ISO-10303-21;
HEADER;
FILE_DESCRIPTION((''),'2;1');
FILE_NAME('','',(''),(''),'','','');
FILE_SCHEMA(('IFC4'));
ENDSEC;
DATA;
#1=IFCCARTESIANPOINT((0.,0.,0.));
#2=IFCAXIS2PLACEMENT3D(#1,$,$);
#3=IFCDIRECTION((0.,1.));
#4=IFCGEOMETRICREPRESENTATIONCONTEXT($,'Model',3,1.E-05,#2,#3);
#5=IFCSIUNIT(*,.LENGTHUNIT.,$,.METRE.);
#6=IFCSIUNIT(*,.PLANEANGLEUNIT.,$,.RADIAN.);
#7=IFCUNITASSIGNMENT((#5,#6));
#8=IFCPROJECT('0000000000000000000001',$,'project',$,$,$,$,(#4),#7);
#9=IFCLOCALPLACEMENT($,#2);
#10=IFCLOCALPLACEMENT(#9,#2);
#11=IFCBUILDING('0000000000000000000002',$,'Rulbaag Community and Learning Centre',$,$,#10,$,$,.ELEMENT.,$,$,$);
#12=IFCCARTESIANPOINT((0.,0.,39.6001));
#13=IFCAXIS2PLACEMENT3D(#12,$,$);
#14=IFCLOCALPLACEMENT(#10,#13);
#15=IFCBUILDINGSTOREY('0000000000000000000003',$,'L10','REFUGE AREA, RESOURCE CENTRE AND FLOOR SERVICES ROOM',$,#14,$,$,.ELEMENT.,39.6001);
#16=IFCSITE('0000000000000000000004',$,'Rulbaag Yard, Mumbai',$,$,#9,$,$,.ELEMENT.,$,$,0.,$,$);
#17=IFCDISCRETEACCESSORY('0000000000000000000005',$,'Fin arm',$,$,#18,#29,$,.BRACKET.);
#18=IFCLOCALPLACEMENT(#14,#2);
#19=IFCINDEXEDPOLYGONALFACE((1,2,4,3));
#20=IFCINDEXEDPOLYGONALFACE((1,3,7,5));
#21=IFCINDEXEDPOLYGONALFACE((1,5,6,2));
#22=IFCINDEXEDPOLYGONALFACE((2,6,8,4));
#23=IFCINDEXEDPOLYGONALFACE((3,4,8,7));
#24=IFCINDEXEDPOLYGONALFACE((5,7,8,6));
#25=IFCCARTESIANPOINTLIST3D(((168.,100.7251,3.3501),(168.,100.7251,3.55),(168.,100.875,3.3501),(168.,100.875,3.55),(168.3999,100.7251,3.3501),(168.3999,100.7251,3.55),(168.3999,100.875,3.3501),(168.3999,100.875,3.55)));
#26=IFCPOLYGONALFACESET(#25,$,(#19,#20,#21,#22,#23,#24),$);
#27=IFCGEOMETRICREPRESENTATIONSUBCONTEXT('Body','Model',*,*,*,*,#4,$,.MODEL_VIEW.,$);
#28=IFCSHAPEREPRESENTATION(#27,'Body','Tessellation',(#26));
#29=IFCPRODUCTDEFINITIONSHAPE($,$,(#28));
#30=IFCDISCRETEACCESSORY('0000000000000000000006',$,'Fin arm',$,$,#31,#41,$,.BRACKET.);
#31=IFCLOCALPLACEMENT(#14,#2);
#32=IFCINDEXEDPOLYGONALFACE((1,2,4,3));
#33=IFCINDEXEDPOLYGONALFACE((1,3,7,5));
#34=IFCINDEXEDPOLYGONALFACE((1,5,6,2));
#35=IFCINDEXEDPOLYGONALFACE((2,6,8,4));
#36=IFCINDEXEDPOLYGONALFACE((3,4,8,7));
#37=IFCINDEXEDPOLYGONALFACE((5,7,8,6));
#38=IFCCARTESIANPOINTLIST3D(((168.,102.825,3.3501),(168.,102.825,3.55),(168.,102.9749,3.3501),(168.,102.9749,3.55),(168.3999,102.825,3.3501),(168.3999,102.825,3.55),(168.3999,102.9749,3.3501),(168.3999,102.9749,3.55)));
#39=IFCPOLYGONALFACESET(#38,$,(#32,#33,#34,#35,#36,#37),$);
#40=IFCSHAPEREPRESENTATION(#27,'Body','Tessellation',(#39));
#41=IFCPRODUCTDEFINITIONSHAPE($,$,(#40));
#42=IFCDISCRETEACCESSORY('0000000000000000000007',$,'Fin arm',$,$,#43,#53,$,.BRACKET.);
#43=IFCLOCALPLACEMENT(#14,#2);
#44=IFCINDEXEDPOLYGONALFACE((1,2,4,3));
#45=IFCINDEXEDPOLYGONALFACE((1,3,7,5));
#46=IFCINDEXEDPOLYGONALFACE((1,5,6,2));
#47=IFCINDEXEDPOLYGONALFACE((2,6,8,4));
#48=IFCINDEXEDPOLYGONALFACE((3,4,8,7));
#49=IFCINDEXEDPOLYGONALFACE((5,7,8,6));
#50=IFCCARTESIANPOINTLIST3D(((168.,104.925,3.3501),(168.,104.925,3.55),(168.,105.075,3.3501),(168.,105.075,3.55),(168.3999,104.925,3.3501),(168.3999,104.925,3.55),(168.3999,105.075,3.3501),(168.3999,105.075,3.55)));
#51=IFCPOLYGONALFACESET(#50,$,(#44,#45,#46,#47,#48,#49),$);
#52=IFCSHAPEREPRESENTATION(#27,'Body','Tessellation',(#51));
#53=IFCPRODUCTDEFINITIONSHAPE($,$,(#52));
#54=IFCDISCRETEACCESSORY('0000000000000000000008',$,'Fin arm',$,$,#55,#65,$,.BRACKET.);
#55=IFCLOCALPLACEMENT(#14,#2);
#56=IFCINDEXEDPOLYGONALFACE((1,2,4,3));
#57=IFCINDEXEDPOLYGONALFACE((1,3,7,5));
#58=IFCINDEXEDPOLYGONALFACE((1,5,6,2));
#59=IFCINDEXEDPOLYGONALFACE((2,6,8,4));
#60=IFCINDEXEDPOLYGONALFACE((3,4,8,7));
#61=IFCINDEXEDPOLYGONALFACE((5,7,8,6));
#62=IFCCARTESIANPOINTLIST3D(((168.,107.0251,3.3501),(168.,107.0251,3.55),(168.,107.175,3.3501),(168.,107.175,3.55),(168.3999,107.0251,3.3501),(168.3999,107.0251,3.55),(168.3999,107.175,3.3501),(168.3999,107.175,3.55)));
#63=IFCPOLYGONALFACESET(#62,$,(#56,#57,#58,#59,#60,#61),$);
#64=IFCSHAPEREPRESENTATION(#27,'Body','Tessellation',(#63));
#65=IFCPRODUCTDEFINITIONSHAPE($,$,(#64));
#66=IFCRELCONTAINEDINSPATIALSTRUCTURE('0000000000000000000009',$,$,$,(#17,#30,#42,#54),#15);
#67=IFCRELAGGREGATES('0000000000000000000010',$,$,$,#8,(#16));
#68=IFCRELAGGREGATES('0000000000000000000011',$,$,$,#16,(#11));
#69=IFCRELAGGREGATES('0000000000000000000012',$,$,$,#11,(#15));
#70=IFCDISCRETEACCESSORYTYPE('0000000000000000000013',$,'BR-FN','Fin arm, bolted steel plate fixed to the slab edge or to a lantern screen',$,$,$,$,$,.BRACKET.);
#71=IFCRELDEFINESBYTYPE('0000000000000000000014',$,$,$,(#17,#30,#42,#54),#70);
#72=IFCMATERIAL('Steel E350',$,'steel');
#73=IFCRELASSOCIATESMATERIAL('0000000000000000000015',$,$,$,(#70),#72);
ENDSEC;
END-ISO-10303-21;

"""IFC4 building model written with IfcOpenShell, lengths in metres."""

from ifc_helpers import new_model, si_unit, direction, frame, origin, origin_2d, place, context, subcontext, project, spatial, rectangle, extrude, material, type_object, element, save


model = new_model("IFC4")

# Units and contexts
model_context = context("Model", 3, precision=1e-05, world=origin(), true_north=direction((0.0, 1.0)))
body_context = subcontext(model_context, "Body", "Model", "MODEL_VIEW")
ifc_project = project(units=[si_unit("LENGTHUNIT", "METRE"), si_unit("PLANEANGLEUNIT", "RADIAN")], contexts=[model_context])

# Site, building, storey
site_placement = place(None, origin())
site = spatial("IfcSite", under=ifc_project, at=site_placement, Name="Rulbaag Yard, Mumbai", CompositionType="ELEMENT", RefElevation=0.0)
building_placement = place(site_placement, origin())
building = spatial("IfcBuilding", under=site, at=building_placement, Name="Rulbaag Community and Learning Centre", CompositionType="ELEMENT")
storey_placement = place(building_placement, frame((0.0, 0.0, 39.6001)))
storey = spatial("IfcBuildingStorey", under=building, at=storey_placement, Name="L10", Description="REFUGE AREA, RESOURCE CENTRE AND FLOOR SERVICES ROOM", CompositionType="ELEMENT", Elevation=39.6001)

# Discrete accessories
ifc_material_1 = material(Name="Steel E350", Category="steel")
discrete_accessory_type = type_object("IfcDiscreteAccessoryType", Name="BR-FN", Description="Fin arm, bolted steel plate fixed to the slab edge or to a lantern screen", PredefinedType="BRACKET", material=ifc_material_1)
for number, where, z_axis, x_axis, name in (
    (1, (168.2, 100.8, 3.3501), (0.0, 0.0, 1.0), (1.0, 0.0, 0.0), "Fin arm"),
    (2, (168.2, 102.8999, 3.3501), (0.0, 0.0, 1.0), (1.0, 0.0, 0.0), "Fin arm"),
    (3, (168.2, 105.0, 3.3501), (0.0, 0.0, 1.0), (1.0, 0.0, 0.0), "Fin arm"),
    (4, (168.2, 107.1001, 3.3501), (0.0, 0.0, 1.0), (1.0, 0.0, 0.0), "Fin arm"),
):
    element("IfcDiscreteAccessory", number, at=place(storey_placement, frame(where, z_axis=z_axis, x_axis=x_axis)), inside=storey, type_object=discrete_accessory_type, Name=name, PredefinedType="BRACKET", context=body_context, shape_type="SweptSolid", body=[
        extrude(rectangle(XDim=0.3999, YDim=0.1499, at=origin_2d()), origin(), (0.0, 0.0, 1.0), 0.2),
    ])

save(model, "model.ifc")
